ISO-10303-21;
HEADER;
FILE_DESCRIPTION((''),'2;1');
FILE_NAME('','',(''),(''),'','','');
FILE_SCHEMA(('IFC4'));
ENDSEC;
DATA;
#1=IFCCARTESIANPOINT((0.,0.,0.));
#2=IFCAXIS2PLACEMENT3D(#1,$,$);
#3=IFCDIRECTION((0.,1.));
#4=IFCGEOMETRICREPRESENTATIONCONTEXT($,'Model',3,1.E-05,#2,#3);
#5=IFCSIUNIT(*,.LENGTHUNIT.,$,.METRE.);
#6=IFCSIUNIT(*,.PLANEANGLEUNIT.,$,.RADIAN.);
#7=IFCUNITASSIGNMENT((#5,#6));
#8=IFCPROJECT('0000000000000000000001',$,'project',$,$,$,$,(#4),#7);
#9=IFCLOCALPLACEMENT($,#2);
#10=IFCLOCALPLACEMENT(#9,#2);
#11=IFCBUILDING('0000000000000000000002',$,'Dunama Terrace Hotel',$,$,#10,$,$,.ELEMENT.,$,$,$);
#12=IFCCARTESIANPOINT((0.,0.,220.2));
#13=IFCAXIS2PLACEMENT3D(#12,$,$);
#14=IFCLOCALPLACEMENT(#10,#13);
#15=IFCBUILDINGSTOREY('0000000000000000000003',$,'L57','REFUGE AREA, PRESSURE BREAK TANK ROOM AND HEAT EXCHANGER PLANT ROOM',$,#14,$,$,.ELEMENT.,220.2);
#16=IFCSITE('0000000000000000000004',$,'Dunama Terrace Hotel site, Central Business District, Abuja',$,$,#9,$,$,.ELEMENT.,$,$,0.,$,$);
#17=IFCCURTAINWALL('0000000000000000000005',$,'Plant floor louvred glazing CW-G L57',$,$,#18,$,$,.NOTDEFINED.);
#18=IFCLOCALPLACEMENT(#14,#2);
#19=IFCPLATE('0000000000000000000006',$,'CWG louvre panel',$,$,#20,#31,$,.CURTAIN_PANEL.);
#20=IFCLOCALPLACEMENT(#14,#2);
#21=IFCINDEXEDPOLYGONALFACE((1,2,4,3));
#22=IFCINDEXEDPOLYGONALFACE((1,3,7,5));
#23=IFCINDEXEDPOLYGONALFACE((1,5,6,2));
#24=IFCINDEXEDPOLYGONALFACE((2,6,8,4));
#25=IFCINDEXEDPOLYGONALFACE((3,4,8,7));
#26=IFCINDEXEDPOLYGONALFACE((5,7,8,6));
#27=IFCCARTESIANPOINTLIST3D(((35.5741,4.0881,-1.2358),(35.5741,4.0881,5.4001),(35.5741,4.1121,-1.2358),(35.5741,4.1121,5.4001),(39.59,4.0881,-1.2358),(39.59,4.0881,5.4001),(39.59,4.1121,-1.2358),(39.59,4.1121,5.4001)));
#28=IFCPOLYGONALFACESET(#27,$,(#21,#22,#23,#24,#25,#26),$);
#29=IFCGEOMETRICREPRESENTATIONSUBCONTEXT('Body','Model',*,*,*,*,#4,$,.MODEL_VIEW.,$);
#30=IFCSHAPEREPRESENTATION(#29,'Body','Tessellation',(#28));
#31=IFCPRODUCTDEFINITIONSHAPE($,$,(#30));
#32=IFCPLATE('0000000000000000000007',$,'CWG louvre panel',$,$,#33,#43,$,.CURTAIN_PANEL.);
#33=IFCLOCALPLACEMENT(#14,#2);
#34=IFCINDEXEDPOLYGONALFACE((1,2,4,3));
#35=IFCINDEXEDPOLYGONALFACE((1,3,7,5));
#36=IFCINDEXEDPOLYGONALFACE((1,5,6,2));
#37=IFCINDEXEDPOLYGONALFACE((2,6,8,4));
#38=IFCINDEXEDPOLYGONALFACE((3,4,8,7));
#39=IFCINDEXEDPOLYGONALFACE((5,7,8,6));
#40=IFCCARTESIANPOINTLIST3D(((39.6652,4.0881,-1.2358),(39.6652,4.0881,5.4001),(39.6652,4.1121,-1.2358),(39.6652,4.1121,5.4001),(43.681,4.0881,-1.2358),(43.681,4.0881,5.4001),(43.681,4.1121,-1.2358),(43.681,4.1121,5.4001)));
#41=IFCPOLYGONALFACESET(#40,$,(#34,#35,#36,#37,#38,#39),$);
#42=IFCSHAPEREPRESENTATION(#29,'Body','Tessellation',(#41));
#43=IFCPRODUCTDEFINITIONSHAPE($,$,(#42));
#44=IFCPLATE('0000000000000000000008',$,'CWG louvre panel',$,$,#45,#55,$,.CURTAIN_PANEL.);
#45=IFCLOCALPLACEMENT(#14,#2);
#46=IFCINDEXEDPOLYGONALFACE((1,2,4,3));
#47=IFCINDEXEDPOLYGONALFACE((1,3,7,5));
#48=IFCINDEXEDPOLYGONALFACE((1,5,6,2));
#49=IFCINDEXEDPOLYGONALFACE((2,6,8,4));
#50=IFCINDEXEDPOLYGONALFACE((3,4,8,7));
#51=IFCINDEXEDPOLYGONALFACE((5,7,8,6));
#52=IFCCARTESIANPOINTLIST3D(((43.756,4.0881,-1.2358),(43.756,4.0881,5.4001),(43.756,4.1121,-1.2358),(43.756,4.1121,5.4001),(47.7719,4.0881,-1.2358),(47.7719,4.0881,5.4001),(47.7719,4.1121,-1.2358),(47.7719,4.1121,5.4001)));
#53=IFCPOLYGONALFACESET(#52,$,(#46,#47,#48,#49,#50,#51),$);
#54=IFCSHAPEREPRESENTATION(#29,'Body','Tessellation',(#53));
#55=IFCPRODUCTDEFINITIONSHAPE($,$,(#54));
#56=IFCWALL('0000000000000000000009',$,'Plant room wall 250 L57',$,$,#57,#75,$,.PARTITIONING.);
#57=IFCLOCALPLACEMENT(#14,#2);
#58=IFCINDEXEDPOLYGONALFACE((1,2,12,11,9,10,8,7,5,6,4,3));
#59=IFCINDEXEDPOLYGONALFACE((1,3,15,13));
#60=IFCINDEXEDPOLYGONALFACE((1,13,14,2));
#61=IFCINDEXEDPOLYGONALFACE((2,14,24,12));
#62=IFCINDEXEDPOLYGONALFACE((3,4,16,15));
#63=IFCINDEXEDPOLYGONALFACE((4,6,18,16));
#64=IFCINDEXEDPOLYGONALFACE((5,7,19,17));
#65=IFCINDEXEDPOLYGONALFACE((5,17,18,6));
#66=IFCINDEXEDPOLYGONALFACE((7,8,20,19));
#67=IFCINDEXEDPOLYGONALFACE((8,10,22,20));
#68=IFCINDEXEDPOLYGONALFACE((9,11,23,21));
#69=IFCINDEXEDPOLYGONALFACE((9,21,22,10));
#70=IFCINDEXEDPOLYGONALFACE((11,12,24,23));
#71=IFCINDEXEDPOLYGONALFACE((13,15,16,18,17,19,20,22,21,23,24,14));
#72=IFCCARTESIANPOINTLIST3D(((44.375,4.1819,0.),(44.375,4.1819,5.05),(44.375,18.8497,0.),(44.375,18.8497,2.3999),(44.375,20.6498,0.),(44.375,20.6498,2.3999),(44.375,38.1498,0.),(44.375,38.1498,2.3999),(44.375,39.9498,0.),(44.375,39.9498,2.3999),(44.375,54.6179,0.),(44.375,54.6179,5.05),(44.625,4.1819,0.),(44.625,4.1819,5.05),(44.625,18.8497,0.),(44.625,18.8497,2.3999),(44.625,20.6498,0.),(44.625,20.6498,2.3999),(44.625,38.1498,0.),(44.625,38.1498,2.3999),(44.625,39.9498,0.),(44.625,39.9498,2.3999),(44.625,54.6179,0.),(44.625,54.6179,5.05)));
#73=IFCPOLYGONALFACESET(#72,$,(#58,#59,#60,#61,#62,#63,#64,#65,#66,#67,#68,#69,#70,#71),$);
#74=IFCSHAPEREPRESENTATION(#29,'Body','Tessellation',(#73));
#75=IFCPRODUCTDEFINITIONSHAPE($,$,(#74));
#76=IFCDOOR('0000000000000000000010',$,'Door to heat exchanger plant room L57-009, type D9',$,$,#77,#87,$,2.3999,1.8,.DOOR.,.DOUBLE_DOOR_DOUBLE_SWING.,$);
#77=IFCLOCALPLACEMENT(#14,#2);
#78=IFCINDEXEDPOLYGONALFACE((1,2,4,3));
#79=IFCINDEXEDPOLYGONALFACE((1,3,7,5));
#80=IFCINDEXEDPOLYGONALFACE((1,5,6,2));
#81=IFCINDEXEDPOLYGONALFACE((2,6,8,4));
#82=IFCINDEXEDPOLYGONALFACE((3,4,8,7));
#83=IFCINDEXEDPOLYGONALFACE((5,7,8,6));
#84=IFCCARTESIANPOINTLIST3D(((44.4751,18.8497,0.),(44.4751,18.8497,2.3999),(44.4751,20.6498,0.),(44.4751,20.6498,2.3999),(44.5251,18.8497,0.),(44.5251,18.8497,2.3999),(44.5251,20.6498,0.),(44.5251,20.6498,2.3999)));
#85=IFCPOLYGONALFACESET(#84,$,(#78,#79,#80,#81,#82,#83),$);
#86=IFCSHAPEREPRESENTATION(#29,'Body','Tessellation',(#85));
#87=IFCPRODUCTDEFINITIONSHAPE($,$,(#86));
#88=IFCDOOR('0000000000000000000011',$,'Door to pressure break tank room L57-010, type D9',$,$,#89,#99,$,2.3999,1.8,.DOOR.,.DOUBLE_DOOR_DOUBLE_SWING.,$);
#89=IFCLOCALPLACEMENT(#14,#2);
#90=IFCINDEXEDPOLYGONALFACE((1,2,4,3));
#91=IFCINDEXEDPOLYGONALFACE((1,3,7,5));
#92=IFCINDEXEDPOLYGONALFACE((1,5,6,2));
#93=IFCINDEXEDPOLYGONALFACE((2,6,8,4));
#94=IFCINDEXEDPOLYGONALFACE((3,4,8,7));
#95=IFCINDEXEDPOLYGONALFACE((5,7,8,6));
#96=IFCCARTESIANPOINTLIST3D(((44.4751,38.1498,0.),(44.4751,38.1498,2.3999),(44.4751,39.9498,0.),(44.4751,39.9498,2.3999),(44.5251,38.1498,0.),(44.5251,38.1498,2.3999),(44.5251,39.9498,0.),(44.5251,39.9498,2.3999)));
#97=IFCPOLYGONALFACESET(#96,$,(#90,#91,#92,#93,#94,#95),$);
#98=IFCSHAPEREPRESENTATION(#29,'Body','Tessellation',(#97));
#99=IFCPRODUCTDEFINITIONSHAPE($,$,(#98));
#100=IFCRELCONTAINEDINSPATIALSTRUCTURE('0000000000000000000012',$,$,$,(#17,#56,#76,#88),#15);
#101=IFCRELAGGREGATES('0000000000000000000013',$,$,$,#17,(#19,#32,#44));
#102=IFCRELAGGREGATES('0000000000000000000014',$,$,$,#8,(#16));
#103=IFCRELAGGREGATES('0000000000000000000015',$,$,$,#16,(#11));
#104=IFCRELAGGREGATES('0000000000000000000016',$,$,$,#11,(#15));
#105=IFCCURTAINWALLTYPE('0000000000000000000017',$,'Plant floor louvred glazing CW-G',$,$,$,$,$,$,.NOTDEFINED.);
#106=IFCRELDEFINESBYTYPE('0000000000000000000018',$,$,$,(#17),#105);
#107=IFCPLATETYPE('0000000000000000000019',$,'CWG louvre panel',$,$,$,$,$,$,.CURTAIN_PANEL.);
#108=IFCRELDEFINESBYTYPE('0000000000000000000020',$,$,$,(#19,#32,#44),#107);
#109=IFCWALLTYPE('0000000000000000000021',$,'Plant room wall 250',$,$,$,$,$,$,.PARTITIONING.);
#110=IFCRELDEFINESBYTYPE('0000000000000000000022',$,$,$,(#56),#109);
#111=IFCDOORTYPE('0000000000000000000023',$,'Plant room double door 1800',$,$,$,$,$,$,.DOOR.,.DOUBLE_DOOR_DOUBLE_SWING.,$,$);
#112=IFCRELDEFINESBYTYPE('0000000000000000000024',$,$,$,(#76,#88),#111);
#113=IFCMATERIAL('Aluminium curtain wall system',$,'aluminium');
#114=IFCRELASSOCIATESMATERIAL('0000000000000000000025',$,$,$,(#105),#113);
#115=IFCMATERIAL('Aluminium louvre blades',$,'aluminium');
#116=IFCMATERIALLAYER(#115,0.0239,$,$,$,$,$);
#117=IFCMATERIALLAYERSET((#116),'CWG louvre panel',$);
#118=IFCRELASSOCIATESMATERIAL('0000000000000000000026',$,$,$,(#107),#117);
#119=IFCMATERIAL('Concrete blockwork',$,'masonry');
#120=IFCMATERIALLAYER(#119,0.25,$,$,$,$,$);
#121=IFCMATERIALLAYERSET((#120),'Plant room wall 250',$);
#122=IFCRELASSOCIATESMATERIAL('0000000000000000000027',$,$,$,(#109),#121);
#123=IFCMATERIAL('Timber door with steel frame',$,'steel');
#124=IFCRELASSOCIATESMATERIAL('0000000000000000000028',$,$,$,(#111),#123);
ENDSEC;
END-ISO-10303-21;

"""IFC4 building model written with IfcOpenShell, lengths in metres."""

from ifc_helpers import new_model, si_unit, direction, frame, frame_2d, origin, origin_2d, place, context, subcontext, project, spatial, rectangle, extrude, material, layer, layer_set, type_object, element, fill, aggregate, save


model = new_model("IFC4")

# Units and contexts
model_context = context("Model", 3, precision=1e-05, world=origin(), true_north=direction((0.0, 1.0)))
body_context = subcontext(model_context, "Body", "Model", "MODEL_VIEW")
ifc_project = project(units=[si_unit("LENGTHUNIT", "METRE"), si_unit("PLANEANGLEUNIT", "RADIAN")], contexts=[model_context])

# Site, building, storey
site_placement = place(None, origin())
site = spatial("IfcSite", under=ifc_project, at=site_placement, Name="Dunama Terrace Hotel site, Central Business District, Abuja", CompositionType="ELEMENT", RefElevation=0.0)
building_placement = place(site_placement, origin())
building = spatial("IfcBuilding", under=site, at=building_placement, Name="Dunama Terrace Hotel", CompositionType="ELEMENT")
storey_placement = place(building_placement, frame((0.0, 0.0, 220.2)))
storey = spatial("IfcBuildingStorey", under=building, at=storey_placement, Name="L57", Description="REFUGE AREA, PRESSURE BREAK TANK ROOM AND HEAT EXCHANGER PLANT ROOM", CompositionType="ELEMENT", Elevation=220.2)

# Curtain wall, plates
ifc_material_1 = material(Name="Aluminium curtain wall system", Category="aluminium")
curtain_wall_type = type_object("IfcCurtainWallType", Name="Plant floor louvred glazing CW-G", PredefinedType="NOTDEFINED", material=ifc_material_1)
curtain_wall_placement = place(storey_placement, origin())
curtain_wall = element("IfcCurtainWall", 1, at=curtain_wall_placement, inside=storey, type_object=curtain_wall_type, Name="Plant floor louvred glazing CW-G L57", PredefinedType="NOTDEFINED")
ifc_material_2 = material(Name="Aluminium louvre blades", Category="aluminium")
ifc_layer_1 = layer(ifc_material_2, 0.0239)
ifc_layer_set_1 = layer_set([ifc_layer_1], Name="CWG louvre panel")
plate_type = type_object("IfcPlateType", Name="CWG louvre panel", PredefinedType="CURTAIN_PANEL", material=ifc_layer_set_1)
plate_1_placement = place(storey_placement, frame((37.582, 4.1001, -1.2358), z_axis=(0.0, 0.0, 1.0), x_axis=(1.0, 0.0, 0.0)))
plate_1 = element("IfcPlate", 2, at=plate_1_placement, type_object=plate_type, Name="CWG louvre panel", PredefinedType="CURTAIN_PANEL", context=body_context, shape_type="SweptSolid", body=[
    extrude(rectangle(XDim=4.0159, YDim=0.0239, at=origin_2d()), origin(), (0.0, 0.0, 1.0), 6.636),
])
plate_2_placement = place(storey_placement, frame((41.6731, 4.1001, -1.2358), z_axis=(0.0, 0.0, 1.0), x_axis=(1.0, 0.0, 0.0)))
plate_2 = element("IfcPlate", 3, at=plate_2_placement, type_object=plate_type, Name="CWG louvre panel", PredefinedType="CURTAIN_PANEL", context=body_context, shape_type="SweptSolid", body=[
    extrude(rectangle(XDim=4.0159, YDim=0.0239, at=origin_2d()), origin(), (0.0, 0.0, 1.0), 6.636),
])
plate_3_placement = place(storey_placement, frame((45.7639, 4.1001, -1.2358), z_axis=(0.0, 0.0, 1.0), x_axis=(1.0, 0.0, 0.0)))
plate_3 = element("IfcPlate", 4, at=plate_3_placement, type_object=plate_type, Name="CWG louvre panel", PredefinedType="CURTAIN_PANEL", context=body_context, shape_type="SweptSolid", body=[
    extrude(rectangle(XDim=4.0159, YDim=0.0239, at=origin_2d()), origin(), (0.0, 0.0, 1.0), 6.636),
])
aggregate(curtain_wall, [plate_1, plate_2, plate_3])

# Wall, openings, doors
ifc_material_3 = material(Name="Concrete blockwork", Category="masonry")
ifc_layer_2 = layer(ifc_material_3, 0.25)
ifc_layer_set_2 = layer_set([ifc_layer_2], Name="Plant room wall 250")
wall_type = type_object("IfcWallType", Name="Plant room wall 250", PredefinedType="PARTITIONING", material=ifc_layer_set_2)
wall_placement = place(storey_placement, frame((44.5, 4.1819, 0.0), z_axis=(0.0, 0.0, 1.0), x_axis=(0.0, 1.0, 0.0)))
wall = element("IfcWall", 5, at=wall_placement, inside=storey, type_object=wall_type, Name="Plant room wall 250 L57", PredefinedType="PARTITIONING", context=body_context, shape_type="SweptSolid", body=[
    extrude(rectangle(XDim=50.436, YDim=0.25, at=frame_2d((25.218, 0.0))), origin(), (0.0, 0.0, 1.0), 5.05),
])
opening_1_placement = place(wall_placement, frame((14.668, 0.0, 0.0)))
opening_1 = element("IfcOpeningElement", 6, at=opening_1_placement, cuts=wall, PredefinedType="OPENING", context=body_context, shape_type="SweptSolid", body=[
    extrude(rectangle(XDim=1.8, YDim=2.3999, at=frame_2d((0.8999, 1.2))), frame((0.0, 0.135, 0.0), z_axis=(0.0, -1.0, 0.0), x_axis=(1.0, 0.0, 0.0)), (0.0, 0.0, 1.0), 0.27),
])
opening_2_placement = place(wall_placement, frame((33.968, 0.0, 0.0)))
opening_2 = element("IfcOpeningElement", 7, at=opening_2_placement, cuts=wall, PredefinedType="OPENING", context=body_context, shape_type="SweptSolid", body=[
    extrude(rectangle(XDim=1.8, YDim=2.3999, at=frame_2d((0.8999, 1.2))), frame((0.0, 0.135, 0.0), z_axis=(0.0, -1.0, 0.0), x_axis=(1.0, 0.0, 0.0)), (0.0, 0.0, 1.0), 0.27),
])
ifc_material_4 = material(Name="Timber door with steel frame", Category="steel")
door_type = type_object("IfcDoorType", Name="Plant room double door 1800", OperationType="DOUBLE_DOOR_DOUBLE_SWING", PredefinedType="DOOR", material=ifc_material_4)
door_1_placement = place(opening_1_placement, origin())
door_1 = element("IfcDoor", 8, at=door_1_placement, inside=storey, type_object=door_type, Name="Door to heat exchanger plant room L57-009, type D9", OperationType="DOUBLE_DOOR_DOUBLE_SWING", OverallHeight=2.3999, OverallWidth=1.8, PredefinedType="DOOR", context=body_context, shape_type="SweptSolid", body=[
    extrude(rectangle(XDim=1.8, YDim=2.3999, at=frame_2d((0.8999, 1.2))), frame((0.0, 0.0249, 0.0), z_axis=(0.0, -1.0, 0.0), x_axis=(1.0, 0.0, 0.0)), (0.0, 0.0, 1.0), 0.05),
])
fill(opening_1, door_1)
door_2_placement = place(opening_2_placement, origin())
door_2 = element("IfcDoor", 9, at=door_2_placement, inside=storey, type_object=door_type, Name="Door to pressure break tank room L57-010, type D9", OperationType="DOUBLE_DOOR_DOUBLE_SWING", OverallHeight=2.3999, OverallWidth=1.8, PredefinedType="DOOR", context=body_context, shape_type="SweptSolid", body=[
    extrude(rectangle(XDim=1.8, YDim=2.3999, at=frame_2d((0.8999, 1.2))), frame((0.0, 0.0249, 0.0), z_axis=(0.0, -1.0, 0.0), x_axis=(1.0, 0.0, 0.0)), (0.0, 0.0, 1.0), 0.05),
])
fill(opening_2, door_2)

save(model, "model.ifc")
